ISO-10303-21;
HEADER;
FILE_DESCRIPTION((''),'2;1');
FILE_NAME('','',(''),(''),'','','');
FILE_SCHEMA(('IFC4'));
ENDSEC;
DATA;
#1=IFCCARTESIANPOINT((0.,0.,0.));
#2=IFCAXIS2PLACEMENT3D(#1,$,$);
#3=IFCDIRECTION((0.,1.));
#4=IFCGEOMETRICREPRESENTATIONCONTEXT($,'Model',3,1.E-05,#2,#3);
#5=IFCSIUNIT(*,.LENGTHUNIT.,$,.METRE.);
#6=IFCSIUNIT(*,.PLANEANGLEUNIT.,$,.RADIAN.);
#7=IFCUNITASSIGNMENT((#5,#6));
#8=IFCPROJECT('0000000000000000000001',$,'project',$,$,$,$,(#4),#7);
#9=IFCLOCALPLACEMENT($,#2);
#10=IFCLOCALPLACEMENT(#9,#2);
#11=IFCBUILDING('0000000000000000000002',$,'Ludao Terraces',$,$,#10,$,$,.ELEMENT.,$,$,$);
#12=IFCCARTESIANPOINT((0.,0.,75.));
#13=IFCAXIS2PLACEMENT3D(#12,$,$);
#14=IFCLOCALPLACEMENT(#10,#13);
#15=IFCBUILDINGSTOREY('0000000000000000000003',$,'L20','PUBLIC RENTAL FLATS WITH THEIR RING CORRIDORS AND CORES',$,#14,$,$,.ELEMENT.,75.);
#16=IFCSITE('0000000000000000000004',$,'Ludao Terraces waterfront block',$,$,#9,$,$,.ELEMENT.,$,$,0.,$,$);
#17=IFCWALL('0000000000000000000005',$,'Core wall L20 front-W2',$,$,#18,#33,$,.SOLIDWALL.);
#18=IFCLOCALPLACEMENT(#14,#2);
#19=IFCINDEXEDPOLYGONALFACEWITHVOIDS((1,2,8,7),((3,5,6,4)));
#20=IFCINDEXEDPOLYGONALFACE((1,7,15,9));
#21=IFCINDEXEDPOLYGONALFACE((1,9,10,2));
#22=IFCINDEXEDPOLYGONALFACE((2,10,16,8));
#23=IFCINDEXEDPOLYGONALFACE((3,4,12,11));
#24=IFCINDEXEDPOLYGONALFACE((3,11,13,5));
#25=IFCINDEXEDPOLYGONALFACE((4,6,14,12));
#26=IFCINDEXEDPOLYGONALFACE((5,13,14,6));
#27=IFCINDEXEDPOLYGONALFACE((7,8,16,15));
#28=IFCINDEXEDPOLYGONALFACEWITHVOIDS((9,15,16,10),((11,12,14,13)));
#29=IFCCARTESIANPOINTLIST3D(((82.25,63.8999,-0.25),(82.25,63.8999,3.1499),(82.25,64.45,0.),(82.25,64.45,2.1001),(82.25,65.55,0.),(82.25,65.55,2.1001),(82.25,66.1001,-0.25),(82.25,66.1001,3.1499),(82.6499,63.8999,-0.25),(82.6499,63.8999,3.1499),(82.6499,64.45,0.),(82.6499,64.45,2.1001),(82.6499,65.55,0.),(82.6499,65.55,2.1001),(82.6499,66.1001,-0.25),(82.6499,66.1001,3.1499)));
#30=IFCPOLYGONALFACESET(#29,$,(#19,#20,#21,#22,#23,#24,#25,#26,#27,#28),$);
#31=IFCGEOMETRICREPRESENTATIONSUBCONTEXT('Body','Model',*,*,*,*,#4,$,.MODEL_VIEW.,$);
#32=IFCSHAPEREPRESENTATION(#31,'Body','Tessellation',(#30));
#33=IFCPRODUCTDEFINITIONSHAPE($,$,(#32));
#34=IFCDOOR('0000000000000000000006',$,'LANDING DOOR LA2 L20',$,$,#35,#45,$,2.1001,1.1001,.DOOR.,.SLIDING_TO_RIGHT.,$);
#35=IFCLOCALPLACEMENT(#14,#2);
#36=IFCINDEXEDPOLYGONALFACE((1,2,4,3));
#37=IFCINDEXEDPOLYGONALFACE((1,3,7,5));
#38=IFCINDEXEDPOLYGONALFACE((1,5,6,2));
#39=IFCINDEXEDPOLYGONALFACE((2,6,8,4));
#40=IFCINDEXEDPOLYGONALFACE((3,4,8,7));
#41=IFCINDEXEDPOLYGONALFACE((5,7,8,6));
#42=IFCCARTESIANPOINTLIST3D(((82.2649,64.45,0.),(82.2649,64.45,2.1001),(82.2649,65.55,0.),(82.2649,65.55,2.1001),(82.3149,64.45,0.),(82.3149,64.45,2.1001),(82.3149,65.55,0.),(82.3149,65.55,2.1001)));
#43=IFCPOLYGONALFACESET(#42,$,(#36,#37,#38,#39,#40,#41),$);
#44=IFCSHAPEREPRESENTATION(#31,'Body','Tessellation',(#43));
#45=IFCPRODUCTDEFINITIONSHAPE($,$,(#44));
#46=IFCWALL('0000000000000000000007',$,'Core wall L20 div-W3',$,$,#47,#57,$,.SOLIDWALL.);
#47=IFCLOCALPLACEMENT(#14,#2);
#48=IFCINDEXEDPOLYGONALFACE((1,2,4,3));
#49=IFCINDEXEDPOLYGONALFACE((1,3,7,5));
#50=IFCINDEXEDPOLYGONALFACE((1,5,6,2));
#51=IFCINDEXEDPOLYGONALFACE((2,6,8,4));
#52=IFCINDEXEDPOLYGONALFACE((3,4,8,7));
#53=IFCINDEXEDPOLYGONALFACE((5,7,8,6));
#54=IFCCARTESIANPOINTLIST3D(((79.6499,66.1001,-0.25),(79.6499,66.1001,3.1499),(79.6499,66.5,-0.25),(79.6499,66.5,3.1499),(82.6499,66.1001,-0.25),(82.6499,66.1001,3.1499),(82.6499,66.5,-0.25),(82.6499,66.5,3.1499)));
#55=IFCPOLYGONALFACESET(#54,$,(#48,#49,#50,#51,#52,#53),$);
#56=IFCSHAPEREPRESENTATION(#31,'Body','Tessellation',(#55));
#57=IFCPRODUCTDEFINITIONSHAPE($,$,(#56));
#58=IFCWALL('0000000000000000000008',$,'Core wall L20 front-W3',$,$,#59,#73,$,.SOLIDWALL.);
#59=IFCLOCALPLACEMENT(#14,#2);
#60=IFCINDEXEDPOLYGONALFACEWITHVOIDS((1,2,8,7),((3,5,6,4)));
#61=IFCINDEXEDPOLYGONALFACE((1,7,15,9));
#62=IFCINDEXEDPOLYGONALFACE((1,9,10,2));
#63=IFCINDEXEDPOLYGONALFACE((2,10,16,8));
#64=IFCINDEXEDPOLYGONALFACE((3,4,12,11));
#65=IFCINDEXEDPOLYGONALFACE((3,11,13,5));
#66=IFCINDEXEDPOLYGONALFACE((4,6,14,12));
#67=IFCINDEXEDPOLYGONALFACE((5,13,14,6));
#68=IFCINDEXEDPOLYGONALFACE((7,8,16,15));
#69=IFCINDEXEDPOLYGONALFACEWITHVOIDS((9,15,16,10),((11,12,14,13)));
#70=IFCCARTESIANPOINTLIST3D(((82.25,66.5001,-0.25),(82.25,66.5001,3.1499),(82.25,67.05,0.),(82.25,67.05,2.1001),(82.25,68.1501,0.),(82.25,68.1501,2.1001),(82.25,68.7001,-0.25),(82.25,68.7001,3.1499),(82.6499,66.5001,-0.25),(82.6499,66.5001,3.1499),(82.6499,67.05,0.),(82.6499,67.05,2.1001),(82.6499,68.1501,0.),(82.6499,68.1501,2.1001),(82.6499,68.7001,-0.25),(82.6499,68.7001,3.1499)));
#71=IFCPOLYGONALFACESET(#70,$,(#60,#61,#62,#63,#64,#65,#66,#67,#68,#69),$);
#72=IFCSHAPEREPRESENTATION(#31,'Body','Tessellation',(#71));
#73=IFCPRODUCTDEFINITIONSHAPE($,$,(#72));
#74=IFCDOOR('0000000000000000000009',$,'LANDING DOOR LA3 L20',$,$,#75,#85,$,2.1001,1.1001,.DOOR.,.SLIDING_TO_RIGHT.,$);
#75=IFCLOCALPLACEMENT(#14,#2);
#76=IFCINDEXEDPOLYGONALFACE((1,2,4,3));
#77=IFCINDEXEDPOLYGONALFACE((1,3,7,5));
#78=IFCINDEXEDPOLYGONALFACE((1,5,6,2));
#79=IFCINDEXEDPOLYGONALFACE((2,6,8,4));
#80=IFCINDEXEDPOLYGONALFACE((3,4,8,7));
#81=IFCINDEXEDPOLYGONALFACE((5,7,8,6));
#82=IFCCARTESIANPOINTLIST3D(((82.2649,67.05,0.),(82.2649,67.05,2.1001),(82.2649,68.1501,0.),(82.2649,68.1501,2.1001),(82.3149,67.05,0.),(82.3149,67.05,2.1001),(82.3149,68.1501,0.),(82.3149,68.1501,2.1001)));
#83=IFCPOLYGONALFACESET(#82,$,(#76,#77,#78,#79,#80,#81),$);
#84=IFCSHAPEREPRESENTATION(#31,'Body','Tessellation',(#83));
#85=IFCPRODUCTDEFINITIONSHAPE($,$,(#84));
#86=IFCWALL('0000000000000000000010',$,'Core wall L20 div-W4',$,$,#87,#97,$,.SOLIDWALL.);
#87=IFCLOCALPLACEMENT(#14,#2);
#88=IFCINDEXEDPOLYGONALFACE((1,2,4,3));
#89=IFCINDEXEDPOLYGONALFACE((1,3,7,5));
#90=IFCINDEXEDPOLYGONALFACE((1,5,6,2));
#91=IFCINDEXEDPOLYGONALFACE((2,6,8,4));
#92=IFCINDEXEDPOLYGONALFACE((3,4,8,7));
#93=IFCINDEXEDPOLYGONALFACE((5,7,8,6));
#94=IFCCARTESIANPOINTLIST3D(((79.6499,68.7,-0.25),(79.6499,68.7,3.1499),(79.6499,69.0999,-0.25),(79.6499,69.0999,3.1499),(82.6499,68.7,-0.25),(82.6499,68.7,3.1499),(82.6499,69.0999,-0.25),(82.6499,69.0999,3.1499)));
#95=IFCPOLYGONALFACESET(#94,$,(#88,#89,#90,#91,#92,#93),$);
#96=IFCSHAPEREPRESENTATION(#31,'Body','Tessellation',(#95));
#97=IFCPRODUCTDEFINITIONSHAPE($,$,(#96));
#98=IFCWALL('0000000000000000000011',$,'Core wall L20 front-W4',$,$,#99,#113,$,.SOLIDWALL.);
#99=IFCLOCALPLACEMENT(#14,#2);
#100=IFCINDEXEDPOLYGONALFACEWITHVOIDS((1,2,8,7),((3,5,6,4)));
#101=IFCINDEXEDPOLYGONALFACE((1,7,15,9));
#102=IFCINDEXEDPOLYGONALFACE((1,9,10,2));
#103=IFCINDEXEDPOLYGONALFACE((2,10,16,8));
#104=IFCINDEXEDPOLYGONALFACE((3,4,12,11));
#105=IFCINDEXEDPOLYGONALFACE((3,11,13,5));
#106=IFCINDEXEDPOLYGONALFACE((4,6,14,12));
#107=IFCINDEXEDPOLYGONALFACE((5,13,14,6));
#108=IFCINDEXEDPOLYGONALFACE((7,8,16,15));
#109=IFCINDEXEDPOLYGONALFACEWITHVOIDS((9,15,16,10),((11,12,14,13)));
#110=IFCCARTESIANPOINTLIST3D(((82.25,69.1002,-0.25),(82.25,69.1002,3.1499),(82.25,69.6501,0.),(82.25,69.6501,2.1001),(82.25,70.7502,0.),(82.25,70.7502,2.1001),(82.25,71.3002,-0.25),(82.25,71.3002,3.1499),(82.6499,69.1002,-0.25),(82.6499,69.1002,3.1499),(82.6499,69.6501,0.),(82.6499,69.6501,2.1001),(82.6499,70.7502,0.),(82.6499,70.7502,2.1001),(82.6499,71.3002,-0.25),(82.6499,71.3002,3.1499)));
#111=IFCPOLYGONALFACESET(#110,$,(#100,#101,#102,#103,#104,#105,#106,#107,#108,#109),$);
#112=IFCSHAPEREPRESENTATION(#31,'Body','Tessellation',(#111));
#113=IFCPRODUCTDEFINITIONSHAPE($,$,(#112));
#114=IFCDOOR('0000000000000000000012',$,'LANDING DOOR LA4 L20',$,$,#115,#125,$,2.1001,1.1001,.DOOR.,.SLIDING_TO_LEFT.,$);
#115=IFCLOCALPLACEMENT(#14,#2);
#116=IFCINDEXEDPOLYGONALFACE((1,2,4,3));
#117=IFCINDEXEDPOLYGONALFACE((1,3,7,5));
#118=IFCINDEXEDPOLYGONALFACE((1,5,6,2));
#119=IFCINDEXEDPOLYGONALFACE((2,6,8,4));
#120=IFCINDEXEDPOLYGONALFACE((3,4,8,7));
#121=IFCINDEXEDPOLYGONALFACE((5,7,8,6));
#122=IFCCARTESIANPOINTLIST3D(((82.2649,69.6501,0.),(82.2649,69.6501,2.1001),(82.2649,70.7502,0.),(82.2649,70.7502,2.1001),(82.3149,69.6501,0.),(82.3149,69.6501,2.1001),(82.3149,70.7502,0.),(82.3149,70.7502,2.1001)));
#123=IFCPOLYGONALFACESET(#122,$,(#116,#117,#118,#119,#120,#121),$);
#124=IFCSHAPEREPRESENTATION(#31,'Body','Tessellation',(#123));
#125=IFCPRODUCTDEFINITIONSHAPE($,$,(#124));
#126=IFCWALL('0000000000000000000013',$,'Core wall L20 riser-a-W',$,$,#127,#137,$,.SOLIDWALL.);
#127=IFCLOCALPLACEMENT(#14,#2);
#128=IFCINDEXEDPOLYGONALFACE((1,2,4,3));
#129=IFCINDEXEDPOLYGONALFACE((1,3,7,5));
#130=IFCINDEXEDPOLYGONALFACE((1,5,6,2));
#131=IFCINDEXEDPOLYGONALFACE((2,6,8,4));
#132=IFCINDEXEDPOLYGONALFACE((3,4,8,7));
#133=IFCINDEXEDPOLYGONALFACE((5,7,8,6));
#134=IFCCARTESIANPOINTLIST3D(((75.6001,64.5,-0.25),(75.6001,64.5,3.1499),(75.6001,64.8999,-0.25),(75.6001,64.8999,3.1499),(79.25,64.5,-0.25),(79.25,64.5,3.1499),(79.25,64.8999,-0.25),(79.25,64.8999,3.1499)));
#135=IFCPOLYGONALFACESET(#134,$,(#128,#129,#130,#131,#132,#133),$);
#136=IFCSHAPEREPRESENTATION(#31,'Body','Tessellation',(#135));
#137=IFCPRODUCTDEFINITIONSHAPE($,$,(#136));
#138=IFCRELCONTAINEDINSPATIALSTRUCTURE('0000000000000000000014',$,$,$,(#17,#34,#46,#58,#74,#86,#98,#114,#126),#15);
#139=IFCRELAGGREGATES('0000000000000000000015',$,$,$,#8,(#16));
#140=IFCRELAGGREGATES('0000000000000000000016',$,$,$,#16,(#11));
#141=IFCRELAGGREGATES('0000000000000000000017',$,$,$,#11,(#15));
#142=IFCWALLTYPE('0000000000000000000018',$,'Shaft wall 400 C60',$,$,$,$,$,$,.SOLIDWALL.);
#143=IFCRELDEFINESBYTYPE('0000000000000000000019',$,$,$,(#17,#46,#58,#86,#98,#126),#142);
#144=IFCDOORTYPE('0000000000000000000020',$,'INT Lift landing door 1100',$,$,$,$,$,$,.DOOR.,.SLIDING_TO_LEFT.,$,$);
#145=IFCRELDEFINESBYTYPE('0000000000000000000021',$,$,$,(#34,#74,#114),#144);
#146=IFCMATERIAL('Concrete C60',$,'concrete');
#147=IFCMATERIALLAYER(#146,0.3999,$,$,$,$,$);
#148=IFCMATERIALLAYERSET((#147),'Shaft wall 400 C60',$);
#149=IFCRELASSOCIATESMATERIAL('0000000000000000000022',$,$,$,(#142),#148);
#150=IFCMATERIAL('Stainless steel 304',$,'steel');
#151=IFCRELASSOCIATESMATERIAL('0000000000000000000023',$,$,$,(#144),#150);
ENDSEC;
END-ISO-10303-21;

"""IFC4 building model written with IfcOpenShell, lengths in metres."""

from ifc_helpers import new_model, si_unit, direction, frame, frame_2d, origin, place, context, subcontext, project, spatial, rectangle, extrude, material, layer, layer_set, type_object, element, fill, save


model = new_model("IFC4")

# Units and contexts
model_context = context("Model", 3, precision=1e-05, world=origin(), true_north=direction((0.0, 1.0)))
body_context = subcontext(model_context, "Body", "Model", "MODEL_VIEW")
ifc_project = project(units=[si_unit("LENGTHUNIT", "METRE"), si_unit("PLANEANGLEUNIT", "RADIAN")], contexts=[model_context])

# Site, building, storey
site_placement = place(None, origin())
site = spatial("IfcSite", under=ifc_project, at=site_placement, Name="Ludao Terraces waterfront block", CompositionType="ELEMENT", RefElevation=0.0)
building_placement = place(site_placement, origin())
building = spatial("IfcBuilding", under=site, at=building_placement, Name="Ludao Terraces", CompositionType="ELEMENT")
storey_placement = place(building_placement, frame((0.0, 0.0, 75.0)))
storey = spatial("IfcBuildingStorey", under=building, at=storey_placement, Name="L20", Description="PUBLIC RENTAL FLATS WITH THEIR RING CORRIDORS AND CORES", CompositionType="ELEMENT", Elevation=75.0)

# Wall, opening, door
ifc_material_1 = material(Name="Concrete C60", Category="concrete")
ifc_layer_1 = layer(ifc_material_1, 0.3999)
ifc_layer_set_1 = layer_set([ifc_layer_1], Name="Shaft wall 400 C60")
wall_type_1 = type_object("IfcWallType", Name="Shaft wall 400 C60", PredefinedType="SOLIDWALL", material=ifc_layer_set_1)
wall_1_placement = place(storey_placement, frame((82.45, 63.8999, -0.25), z_axis=(0.0, 0.0, 1.0), x_axis=(0.0, 1.0, 0.0)))
wall_1 = element("IfcWall", 1, at=wall_1_placement, inside=storey, type_object=wall_type_1, Name="Core wall L20 front-W2", PredefinedType="SOLIDWALL", context=body_context, shape_type="SweptSolid", body=[
    extrude(rectangle(XDim=2.2002, YDim=0.3999, at=frame_2d((1.1001, 0.0))), origin(), (0.0, 0.0, 1.0), 3.3999),
])
opening_1_placement = place(wall_1_placement, frame((0.55, 0.0, 0.25)))
opening_1 = element("IfcOpeningElement", 2, at=opening_1_placement, cuts=wall_1, PredefinedType="OPENING", context=body_context, shape_type="SweptSolid", body=[
    extrude(rectangle(XDim=1.1001, YDim=2.1001, at=frame_2d((0.55, 1.05))), frame((0.0, 0.21, 0.0), z_axis=(0.0, -1.0, 0.0), x_axis=(1.0, 0.0, 0.0)), (0.0, 0.0, 1.0), 0.4199),
])
ifc_material_2 = material(Name="Stainless steel 304", Category="steel")
door_type_1 = type_object("IfcDoorType", Name="INT Lift landing door 1100", OperationType="SLIDING_TO_LEFT", PredefinedType="DOOR", material=ifc_material_2)
door_1_placement = place(opening_1_placement, origin())
door_1 = element("IfcDoor", 3, at=door_1_placement, inside=storey, type_object=door_type_1, Name="LANDING DOOR LA2 L20", OperationType="SLIDING_TO_RIGHT", OverallHeight=2.1001, OverallWidth=1.1001, PredefinedType="DOOR", context=body_context, shape_type="SweptSolid", body=[
    extrude(rectangle(XDim=1.1001, YDim=2.1001, at=frame_2d((0.55, 1.05))), frame((0.0, 0.1851, 0.0), z_axis=(0.0, -1.0, 0.0), x_axis=(1.0, 0.0, 0.0)), (0.0, 0.0, 1.0), 0.05),
])
fill(opening_1, door_1)

# Wall
wall_2_placement = place(storey_placement, frame((79.6499, 66.3, -0.25), z_axis=(0.0, 0.0, 1.0), x_axis=(1.0, 0.0, 0.0)))
element("IfcWall", 4, at=wall_2_placement, inside=storey, type_object=wall_type_1, Name="Core wall L20 div-W3", PredefinedType="SOLIDWALL", context=body_context, shape_type="SweptSolid", body=[
    extrude(rectangle(XDim=3.0, YDim=0.3999, at=frame_2d((1.5, 0.0))), origin(), (0.0, 0.0, 1.0), 3.3999),
])

# Wall, opening, door
wall_3_placement = place(storey_placement, frame((82.45, 66.5, -0.25), z_axis=(0.0, 0.0, 1.0), x_axis=(0.0, 1.0, 0.0)))
wall_3 = element("IfcWall", 5, at=wall_3_placement, inside=storey, type_object=wall_type_1, Name="Core wall L20 front-W3", PredefinedType="SOLIDWALL", context=body_context, shape_type="SweptSolid", body=[
    extrude(rectangle(XDim=2.2, YDim=0.3999, at=frame_2d((1.1001, 0.0))), origin(), (0.0, 0.0, 1.0), 3.3999),
])
opening_2_placement = place(wall_3_placement, frame((0.55, 0.0, 0.25)))
opening_2 = element("IfcOpeningElement", 6, at=opening_2_placement, cuts=wall_3, PredefinedType="OPENING", context=body_context, shape_type="SweptSolid", body=[
    extrude(rectangle(XDim=1.1001, YDim=2.1001, at=frame_2d((0.55, 1.05))), frame((0.0, 0.21, 0.0), z_axis=(0.0, -1.0, 0.0), x_axis=(1.0, 0.0, 0.0)), (0.0, 0.0, 1.0), 0.4199),
])
door_2_placement = place(opening_2_placement, origin())
door_2 = element("IfcDoor", 7, at=door_2_placement, inside=storey, type_object=door_type_1, Name="LANDING DOOR LA3 L20", OperationType="SLIDING_TO_RIGHT", OverallHeight=2.1001, OverallWidth=1.1001, PredefinedType="DOOR", context=body_context, shape_type="SweptSolid", body=[
    extrude(rectangle(XDim=1.1001, YDim=2.1001, at=frame_2d((0.55, 1.05))), frame((0.0, 0.1851, 0.0), z_axis=(0.0, -1.0, 0.0), x_axis=(1.0, 0.0, 0.0)), (0.0, 0.0, 1.0), 0.05),
])
fill(opening_2, door_2)

# Wall
wall_4_placement = place(storey_placement, frame((79.6499, 68.8999, -0.25), z_axis=(0.0, 0.0, 1.0), x_axis=(1.0, 0.0, 0.0)))
element("IfcWall", 8, at=wall_4_placement, inside=storey, type_object=wall_type_1, Name="Core wall L20 div-W4", PredefinedType="SOLIDWALL", context=body_context, shape_type="SweptSolid", body=[
    extrude(rectangle(XDim=3.0, YDim=0.3999, at=frame_2d((1.5, 0.0))), origin(), (0.0, 0.0, 1.0), 3.3999),
])

# Wall, opening, door
wall_5_placement = place(storey_placement, frame((82.45, 69.1001, -0.25), z_axis=(0.0, 0.0, 1.0), x_axis=(0.0, 1.0, 0.0)))
wall_5 = element("IfcWall", 9, at=wall_5_placement, inside=storey, type_object=wall_type_1, Name="Core wall L20 front-W4", PredefinedType="SOLIDWALL", context=body_context, shape_type="SweptSolid", body=[
    extrude(rectangle(XDim=2.2, YDim=0.3999, at=frame_2d((1.1001, 0.0))), origin(), (0.0, 0.0, 1.0), 3.3999),
])
opening_3_placement = place(wall_5_placement, frame((0.55, 0.0, 0.25)))
opening_3 = element("IfcOpeningElement", 10, at=opening_3_placement, cuts=wall_5, PredefinedType="OPENING", context=body_context, shape_type="SweptSolid", body=[
    extrude(rectangle(XDim=1.1001, YDim=2.1001, at=frame_2d((0.55, 1.05))), frame((0.0, 0.21, 0.0), z_axis=(0.0, -1.0, 0.0), x_axis=(1.0, 0.0, 0.0)), (0.0, 0.0, 1.0), 0.4199),
])
door_3_placement = place(opening_3_placement, origin())
door_3 = element("IfcDoor", 11, at=door_3_placement, inside=storey, type_object=door_type_1, Name="LANDING DOOR LA4 L20", OperationType="SLIDING_TO_LEFT", OverallHeight=2.1001, OverallWidth=1.1001, PredefinedType="DOOR", context=body_context, shape_type="SweptSolid", body=[
    extrude(rectangle(XDim=1.1001, YDim=2.1001, at=frame_2d((0.55, 1.05))), frame((0.0, 0.1851, 0.0), z_axis=(0.0, -1.0, 0.0), x_axis=(1.0, 0.0, 0.0)), (0.0, 0.0, 1.0), 0.05),
])
fill(opening_3, door_3)

# Wall
wall_6_placement = place(storey_placement, frame((75.6001, 64.7, -0.25), z_axis=(0.0, 0.0, 1.0), x_axis=(1.0, 0.0, 0.0)))
element("IfcWall", 12, at=wall_6_placement, inside=storey, type_object=wall_type_1, Name="Core wall L20 riser-a-W", PredefinedType="SOLIDWALL", context=body_context, shape_type="SweptSolid", body=[
    extrude(rectangle(XDim=3.6499, YDim=0.3999, at=frame_2d((1.825, 0.0))), origin(), (0.0, 0.0, 1.0), 3.3999),
])

save(model, "model.ifc")
